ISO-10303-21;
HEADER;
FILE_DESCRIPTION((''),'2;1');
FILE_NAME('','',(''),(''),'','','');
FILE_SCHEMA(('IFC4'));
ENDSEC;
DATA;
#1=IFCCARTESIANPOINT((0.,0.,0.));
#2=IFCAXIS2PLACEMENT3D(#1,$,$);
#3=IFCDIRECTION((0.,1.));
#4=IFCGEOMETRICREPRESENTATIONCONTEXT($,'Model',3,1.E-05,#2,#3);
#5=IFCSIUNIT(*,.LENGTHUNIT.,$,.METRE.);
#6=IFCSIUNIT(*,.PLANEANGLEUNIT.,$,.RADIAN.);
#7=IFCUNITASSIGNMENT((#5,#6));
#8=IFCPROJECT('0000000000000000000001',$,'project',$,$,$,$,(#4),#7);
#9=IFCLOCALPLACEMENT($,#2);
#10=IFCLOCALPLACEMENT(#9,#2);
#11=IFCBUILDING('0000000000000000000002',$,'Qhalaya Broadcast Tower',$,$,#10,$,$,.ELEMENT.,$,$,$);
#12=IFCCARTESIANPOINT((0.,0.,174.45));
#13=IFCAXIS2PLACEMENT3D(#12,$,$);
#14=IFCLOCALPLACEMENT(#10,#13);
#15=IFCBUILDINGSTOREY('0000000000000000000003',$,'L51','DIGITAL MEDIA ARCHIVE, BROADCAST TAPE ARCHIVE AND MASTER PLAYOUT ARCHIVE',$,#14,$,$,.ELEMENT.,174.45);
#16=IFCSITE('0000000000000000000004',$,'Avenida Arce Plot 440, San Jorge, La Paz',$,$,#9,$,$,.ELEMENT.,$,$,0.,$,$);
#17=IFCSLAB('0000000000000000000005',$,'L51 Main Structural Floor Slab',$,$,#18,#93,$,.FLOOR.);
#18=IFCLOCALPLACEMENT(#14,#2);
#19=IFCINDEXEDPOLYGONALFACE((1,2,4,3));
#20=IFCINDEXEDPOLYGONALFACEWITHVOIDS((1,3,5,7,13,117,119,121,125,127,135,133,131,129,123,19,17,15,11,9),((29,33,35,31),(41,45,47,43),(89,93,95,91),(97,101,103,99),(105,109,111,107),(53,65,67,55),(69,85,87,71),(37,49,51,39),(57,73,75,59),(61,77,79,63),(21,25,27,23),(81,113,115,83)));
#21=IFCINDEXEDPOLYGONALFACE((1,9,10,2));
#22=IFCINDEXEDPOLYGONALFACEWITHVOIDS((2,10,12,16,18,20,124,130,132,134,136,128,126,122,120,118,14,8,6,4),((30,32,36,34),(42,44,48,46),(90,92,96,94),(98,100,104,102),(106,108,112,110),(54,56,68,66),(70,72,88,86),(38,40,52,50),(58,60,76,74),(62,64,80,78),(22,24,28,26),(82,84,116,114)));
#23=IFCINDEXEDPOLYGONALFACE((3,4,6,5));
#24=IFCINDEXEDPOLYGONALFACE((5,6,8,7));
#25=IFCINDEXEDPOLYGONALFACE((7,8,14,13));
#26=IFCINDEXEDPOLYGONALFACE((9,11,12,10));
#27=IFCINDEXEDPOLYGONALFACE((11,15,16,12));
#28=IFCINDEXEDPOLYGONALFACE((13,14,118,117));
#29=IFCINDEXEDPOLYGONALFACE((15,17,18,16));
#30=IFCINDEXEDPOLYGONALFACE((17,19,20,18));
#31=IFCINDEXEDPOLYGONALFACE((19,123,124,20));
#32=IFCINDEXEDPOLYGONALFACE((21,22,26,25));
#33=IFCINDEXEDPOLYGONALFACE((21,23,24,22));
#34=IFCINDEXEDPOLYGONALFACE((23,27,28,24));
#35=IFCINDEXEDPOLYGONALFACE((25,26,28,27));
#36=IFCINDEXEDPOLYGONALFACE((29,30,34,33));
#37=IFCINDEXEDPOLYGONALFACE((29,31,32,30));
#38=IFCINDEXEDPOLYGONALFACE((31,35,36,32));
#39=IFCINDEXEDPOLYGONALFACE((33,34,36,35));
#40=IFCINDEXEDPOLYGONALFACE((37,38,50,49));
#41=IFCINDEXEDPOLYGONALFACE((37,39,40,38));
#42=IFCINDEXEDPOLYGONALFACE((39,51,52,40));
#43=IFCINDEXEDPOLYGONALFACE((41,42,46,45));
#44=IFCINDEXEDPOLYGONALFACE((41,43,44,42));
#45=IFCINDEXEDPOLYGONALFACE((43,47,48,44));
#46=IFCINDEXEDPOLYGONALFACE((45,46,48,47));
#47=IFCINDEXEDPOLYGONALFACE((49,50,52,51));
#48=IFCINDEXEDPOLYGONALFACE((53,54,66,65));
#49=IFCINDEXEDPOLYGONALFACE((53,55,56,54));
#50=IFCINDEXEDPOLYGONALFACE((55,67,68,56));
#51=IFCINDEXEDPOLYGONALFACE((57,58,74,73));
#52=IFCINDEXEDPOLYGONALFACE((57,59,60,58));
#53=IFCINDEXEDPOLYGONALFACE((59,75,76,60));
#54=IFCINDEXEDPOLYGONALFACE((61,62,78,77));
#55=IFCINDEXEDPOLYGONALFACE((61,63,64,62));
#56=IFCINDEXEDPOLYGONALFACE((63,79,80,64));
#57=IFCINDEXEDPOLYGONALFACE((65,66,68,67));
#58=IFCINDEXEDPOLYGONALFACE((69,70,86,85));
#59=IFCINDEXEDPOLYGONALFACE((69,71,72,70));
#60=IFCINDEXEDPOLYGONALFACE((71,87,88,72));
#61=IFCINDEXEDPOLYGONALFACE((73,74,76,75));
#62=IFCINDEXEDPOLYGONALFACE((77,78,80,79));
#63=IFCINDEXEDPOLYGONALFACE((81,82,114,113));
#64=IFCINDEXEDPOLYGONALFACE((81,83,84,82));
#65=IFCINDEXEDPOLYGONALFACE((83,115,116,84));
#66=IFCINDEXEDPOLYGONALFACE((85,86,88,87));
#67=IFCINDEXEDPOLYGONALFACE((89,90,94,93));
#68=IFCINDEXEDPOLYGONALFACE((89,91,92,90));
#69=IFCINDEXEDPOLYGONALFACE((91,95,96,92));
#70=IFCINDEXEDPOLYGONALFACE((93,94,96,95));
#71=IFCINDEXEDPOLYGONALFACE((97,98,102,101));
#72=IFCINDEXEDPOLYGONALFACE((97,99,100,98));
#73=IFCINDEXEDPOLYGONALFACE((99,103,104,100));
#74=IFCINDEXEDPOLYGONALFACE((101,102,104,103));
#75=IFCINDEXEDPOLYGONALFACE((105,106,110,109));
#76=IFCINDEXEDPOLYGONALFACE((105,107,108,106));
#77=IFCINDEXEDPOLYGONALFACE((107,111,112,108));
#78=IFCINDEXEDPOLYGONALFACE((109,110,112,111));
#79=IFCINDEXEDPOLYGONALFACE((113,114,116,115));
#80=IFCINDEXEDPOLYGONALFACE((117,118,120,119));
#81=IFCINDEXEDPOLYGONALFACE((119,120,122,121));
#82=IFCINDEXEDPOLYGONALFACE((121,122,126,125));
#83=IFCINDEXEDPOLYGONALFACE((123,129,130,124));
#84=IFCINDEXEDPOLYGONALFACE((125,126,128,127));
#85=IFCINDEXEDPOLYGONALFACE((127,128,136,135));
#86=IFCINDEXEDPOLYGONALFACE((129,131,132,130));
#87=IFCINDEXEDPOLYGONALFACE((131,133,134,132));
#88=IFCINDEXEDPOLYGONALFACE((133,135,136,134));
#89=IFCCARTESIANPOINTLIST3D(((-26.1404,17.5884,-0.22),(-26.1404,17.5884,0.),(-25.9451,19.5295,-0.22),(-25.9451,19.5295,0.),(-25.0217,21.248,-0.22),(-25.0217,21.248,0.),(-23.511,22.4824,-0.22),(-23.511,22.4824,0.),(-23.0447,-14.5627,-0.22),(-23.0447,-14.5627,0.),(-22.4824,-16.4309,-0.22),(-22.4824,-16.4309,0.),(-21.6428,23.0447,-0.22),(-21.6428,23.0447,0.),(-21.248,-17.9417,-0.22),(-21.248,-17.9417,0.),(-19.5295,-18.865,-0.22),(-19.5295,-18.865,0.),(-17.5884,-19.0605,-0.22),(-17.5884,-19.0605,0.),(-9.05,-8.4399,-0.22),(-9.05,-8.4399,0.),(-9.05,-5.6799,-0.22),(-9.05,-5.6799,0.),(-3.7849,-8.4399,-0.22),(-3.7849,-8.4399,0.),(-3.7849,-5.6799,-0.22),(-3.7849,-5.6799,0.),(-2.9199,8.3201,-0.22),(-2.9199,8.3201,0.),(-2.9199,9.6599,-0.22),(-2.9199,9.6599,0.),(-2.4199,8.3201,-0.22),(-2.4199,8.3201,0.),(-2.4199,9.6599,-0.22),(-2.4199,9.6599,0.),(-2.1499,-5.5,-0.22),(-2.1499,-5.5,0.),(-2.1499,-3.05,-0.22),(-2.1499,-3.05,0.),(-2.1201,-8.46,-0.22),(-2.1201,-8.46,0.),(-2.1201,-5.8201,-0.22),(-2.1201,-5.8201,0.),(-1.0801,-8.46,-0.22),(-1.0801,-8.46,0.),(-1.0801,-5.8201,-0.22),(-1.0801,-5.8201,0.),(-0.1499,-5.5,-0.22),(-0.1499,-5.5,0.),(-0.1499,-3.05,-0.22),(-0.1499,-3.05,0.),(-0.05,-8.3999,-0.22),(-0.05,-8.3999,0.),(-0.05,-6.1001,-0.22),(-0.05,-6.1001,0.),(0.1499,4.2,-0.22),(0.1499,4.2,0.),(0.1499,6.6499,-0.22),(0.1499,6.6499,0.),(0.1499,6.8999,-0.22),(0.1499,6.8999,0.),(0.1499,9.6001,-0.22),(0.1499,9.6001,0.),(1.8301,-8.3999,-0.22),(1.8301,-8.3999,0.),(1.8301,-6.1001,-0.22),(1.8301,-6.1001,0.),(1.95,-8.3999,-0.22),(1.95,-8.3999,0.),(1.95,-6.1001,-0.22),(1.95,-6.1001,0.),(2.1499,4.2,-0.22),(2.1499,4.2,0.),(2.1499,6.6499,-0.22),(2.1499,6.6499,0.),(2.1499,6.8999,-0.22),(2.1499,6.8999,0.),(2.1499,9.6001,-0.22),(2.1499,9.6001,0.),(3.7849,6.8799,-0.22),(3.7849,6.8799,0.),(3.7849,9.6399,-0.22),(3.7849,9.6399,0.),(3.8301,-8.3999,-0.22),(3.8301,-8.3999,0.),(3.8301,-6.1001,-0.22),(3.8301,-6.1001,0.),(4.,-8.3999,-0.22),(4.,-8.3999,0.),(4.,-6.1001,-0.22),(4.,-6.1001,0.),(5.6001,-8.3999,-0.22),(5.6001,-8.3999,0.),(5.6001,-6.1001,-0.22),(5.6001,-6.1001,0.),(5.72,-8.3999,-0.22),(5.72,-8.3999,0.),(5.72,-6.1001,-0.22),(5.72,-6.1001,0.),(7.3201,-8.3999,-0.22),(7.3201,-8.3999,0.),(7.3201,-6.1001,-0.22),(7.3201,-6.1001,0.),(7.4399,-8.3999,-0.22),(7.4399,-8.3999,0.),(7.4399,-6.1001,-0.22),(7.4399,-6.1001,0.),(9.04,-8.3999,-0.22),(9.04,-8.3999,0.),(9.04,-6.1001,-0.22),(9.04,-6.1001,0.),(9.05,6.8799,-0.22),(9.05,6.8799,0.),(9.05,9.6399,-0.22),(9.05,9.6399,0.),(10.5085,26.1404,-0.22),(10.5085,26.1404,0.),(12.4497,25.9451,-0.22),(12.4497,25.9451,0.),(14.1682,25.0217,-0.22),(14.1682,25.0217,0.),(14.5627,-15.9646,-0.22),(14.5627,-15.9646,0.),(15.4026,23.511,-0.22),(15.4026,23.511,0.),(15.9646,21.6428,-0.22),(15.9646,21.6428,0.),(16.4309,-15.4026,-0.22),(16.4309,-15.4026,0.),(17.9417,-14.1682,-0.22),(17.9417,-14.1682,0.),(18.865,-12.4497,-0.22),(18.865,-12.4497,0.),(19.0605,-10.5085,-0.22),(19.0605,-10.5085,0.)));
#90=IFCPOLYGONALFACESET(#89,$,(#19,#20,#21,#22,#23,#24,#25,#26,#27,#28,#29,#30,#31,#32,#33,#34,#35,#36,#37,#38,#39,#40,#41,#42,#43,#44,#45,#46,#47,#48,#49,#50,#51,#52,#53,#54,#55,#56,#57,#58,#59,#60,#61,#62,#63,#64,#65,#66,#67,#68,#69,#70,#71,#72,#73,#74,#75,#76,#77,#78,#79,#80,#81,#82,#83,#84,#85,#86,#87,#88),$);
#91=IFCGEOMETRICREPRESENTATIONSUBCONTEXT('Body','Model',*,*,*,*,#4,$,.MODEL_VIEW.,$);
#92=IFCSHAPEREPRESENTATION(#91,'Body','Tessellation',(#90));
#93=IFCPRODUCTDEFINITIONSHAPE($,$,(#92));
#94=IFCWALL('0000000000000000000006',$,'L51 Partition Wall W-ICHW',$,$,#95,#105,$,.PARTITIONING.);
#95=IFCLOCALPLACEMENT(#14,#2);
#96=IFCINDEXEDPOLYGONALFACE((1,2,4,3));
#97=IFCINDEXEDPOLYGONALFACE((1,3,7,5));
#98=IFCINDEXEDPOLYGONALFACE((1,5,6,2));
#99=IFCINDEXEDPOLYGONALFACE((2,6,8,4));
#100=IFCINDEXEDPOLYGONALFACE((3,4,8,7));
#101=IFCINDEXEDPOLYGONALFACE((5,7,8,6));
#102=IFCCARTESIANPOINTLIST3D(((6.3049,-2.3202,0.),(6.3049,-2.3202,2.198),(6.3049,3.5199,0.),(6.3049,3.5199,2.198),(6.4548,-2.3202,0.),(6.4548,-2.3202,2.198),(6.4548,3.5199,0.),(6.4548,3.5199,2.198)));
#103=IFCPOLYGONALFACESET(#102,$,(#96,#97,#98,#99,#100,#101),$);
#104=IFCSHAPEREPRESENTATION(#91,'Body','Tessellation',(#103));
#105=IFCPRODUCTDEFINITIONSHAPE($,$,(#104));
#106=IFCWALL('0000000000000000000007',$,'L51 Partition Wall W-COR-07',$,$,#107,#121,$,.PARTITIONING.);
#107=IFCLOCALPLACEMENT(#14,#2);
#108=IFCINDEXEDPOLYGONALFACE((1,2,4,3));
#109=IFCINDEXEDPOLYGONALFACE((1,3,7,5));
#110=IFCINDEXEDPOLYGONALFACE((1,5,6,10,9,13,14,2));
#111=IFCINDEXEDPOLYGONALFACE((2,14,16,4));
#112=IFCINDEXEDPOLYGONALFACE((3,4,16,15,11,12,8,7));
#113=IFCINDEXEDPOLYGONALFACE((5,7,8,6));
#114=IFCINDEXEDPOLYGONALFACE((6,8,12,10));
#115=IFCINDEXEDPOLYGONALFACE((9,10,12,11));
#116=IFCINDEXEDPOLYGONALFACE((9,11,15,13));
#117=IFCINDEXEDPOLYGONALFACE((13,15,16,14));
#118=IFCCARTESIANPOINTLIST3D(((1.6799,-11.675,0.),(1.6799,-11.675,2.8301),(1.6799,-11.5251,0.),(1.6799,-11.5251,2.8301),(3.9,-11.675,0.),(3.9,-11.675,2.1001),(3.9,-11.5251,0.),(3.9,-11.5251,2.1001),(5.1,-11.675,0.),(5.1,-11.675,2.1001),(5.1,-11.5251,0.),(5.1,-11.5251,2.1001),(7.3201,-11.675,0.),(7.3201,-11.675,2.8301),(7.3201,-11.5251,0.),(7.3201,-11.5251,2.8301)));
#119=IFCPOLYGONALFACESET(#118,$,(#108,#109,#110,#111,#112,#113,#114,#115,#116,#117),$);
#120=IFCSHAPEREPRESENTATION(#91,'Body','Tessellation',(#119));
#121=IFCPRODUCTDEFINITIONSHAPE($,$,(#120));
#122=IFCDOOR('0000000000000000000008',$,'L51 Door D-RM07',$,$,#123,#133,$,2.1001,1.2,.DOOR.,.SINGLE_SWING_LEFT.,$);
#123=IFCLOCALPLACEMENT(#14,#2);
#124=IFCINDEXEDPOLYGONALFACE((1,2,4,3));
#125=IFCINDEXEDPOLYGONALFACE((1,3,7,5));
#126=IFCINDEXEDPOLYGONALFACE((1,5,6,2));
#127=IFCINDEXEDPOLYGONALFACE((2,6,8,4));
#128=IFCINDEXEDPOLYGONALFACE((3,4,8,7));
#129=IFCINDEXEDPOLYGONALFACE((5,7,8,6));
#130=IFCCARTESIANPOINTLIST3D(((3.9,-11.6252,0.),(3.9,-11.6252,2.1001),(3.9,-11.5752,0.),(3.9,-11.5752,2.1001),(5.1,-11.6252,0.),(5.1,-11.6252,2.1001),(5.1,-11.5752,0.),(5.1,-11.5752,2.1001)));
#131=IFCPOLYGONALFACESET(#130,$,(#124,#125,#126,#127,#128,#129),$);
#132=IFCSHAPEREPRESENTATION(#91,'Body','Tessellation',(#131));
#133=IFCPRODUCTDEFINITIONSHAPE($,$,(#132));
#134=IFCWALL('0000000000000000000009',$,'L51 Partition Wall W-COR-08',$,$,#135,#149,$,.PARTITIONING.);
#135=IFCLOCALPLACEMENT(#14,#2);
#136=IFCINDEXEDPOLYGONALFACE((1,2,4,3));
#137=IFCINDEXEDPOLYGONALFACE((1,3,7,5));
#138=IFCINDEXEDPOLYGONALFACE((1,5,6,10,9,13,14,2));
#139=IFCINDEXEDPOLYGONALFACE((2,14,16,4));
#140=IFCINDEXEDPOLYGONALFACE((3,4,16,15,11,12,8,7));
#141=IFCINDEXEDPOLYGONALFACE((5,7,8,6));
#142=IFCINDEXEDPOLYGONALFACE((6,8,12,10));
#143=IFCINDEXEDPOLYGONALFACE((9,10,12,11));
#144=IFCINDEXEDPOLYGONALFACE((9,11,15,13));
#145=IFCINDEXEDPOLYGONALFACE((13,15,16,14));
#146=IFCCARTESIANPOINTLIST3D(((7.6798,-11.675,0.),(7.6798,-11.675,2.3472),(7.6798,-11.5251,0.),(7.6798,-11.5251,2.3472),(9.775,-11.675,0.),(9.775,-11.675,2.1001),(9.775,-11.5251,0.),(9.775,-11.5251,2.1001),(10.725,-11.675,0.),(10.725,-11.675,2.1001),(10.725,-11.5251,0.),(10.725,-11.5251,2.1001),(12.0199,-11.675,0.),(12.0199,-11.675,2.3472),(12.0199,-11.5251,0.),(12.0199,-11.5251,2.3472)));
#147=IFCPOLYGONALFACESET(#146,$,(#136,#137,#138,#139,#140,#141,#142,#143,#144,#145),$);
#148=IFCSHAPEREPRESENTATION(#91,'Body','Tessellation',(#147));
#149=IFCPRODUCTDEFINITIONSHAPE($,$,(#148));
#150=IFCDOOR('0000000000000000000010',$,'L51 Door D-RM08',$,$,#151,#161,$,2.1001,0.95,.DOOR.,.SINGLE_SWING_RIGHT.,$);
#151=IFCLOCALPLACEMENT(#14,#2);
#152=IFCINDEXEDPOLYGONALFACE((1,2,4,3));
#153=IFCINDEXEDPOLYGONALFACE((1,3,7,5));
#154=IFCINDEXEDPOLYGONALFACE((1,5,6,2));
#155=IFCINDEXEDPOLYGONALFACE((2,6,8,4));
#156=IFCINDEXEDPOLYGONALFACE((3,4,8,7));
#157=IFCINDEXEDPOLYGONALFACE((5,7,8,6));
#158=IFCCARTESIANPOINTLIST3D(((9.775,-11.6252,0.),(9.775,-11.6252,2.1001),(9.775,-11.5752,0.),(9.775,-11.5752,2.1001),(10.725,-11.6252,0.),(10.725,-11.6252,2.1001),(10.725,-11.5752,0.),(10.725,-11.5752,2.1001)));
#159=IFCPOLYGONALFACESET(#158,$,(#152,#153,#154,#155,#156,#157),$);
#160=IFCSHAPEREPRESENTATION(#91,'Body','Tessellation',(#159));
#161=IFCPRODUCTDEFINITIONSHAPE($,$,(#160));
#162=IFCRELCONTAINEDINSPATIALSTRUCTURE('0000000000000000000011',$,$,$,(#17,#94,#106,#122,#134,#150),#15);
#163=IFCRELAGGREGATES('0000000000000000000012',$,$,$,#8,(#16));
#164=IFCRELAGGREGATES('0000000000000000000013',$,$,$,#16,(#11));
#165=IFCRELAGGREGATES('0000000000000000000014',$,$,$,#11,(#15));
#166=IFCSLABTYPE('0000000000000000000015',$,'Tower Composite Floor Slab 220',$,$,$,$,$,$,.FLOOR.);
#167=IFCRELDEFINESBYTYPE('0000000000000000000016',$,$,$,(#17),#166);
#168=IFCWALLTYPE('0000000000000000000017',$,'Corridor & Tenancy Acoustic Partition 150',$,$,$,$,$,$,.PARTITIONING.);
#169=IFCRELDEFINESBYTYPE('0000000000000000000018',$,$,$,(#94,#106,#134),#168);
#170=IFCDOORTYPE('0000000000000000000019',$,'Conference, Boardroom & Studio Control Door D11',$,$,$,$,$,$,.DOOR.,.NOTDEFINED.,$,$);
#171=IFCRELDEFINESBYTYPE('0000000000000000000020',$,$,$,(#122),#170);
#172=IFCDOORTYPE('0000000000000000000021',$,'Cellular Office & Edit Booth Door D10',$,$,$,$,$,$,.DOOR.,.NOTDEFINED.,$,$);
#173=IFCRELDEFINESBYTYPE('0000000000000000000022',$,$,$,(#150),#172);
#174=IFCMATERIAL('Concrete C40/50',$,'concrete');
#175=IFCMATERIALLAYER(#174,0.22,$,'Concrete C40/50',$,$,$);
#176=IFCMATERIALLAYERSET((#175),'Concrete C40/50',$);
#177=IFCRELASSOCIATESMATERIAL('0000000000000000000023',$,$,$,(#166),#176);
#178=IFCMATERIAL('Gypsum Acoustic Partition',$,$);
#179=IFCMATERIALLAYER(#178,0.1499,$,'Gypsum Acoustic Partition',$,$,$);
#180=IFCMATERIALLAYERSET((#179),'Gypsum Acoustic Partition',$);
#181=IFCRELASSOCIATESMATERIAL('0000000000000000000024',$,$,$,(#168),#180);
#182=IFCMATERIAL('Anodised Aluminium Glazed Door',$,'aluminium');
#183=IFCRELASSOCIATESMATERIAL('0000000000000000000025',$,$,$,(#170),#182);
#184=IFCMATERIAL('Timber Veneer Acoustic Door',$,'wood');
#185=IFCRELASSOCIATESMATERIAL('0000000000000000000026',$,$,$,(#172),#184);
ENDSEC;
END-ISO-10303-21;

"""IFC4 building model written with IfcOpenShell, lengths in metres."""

from ifc_helpers import new_model, si_unit, direction, frame, frame_2d, origin, place, context, subcontext, project, spatial, polyline, rectangle, outline, extrude, material, layer, layer_set, type_object, element, fill, save


model = new_model("IFC4")

# Units and contexts
model_context = context("Model", 3, precision=1e-05, world=origin(), true_north=direction((0.0, 1.0)))
body_context = subcontext(model_context, "Body", "Model", "MODEL_VIEW")
ifc_project = project(units=[si_unit("LENGTHUNIT", "METRE"), si_unit("PLANEANGLEUNIT", "RADIAN")], contexts=[model_context])

# Site, building, storey
site_placement = place(None, origin())
site = spatial("IfcSite", under=ifc_project, at=site_placement, Name="Avenida Arce Plot 440, San Jorge, La Paz", CompositionType="ELEMENT", RefElevation=0.0)
building_placement = place(site_placement, origin())
building = spatial("IfcBuilding", under=site, at=building_placement, Name="Qhalaya Broadcast Tower", CompositionType="ELEMENT")
storey_placement = place(building_placement, frame((0.0, 0.0, 174.45)))
storey = spatial("IfcBuildingStorey", under=building, at=storey_placement, Name="L51", Description="DIGITAL MEDIA ARCHIVE, BROADCAST TAPE ARCHIVE AND MASTER PLAYOUT ARCHIVE", CompositionType="ELEMENT", Elevation=174.45)

# Shared definitions
ifc_material_1 = material(Name="Concrete C40/50", Category="concrete")

# Slab
ifc_layer_1 = layer(ifc_material_1, 0.22, Name="Concrete C40/50")
ifc_layer_set_1 = layer_set([ifc_layer_1], Name="Concrete C40/50")
slab_type_1 = type_object("IfcSlabType", Name="Tower Composite Floor Slab 220", PredefinedType="FLOOR", material=ifc_layer_set_1)
slab_1_placement = place(storey_placement, frame((0.0, 0.0, -0.22)))
element("IfcSlab", 1, at=slab_1_placement, inside=storey, type_object=slab_type_1, Name="L51 Main Structural Floor Slab", PredefinedType="FLOOR", context=body_context, shape_type="SweptSolid", body=[
    extrude(outline(polyline([(14.5627, -15.9646), (16.4309, -15.4026), (17.9417, -14.1682), (18.865, -12.4497), (19.0605, -10.5085), (15.9646, 21.6428), (15.4026, 23.511), (14.1682, 25.0217), (12.4497, 25.9451), (10.5085, 26.1404), (-21.6428, 23.0447), (-23.511, 22.4824), (-25.0217, 21.248), (-25.9451, 19.5295), (-26.1404, 17.5884), (-23.0447, -14.5627), (-22.4824, -16.4309), (-21.248, -17.9417), (-19.5295, -18.865), (-17.5884, -19.0605), (14.5627, -15.9646)]), holes=[polyline([(3.7849, 9.6399), (9.05, 9.6399), (9.05, 6.8799), (3.7849, 6.8799), (3.7849, 9.6399)]), polyline([(-3.7849, -8.4399), (-9.05, -8.4399), (-9.05, -5.6799), (-3.7849, -5.6799), (-3.7849, -8.4399)]), polyline([(0.1499, 6.6499), (2.1499, 6.6499), (2.1499, 4.2), (0.1499, 4.2), (0.1499, 6.6499)]), polyline([(0.1499, 9.6001), (2.1499, 9.6001), (2.1499, 6.8999), (0.1499, 6.8999), (0.1499, 9.6001)]), polyline([(-2.1499, -3.05), (-0.1499, -3.05), (-0.1499, -5.5), (-2.1499, -5.5), (-2.1499, -3.05)]), polyline([(-0.05, -6.1001), (1.8301, -6.1001), (1.8301, -8.3999), (-0.05, -8.3999), (-0.05, -6.1001)]), polyline([(1.95, -6.1001), (3.8301, -6.1001), (3.8301, -8.3999), (1.95, -8.3999), (1.95, -6.1001)]), polyline([(4.0, -6.1001), (5.6001, -6.1001), (5.6001, -8.3999), (4.0, -8.3999), (4.0, -6.1001)]), polyline([(5.72, -6.1001), (7.3201, -6.1001), (7.3201, -8.3999), (5.72, -8.3999), (5.72, -6.1001)]), polyline([(7.4399, -6.1001), (9.04, -6.1001), (9.04, -8.3999), (7.4399, -8.3999), (7.4399, -6.1001)]), polyline([(-2.9199, 9.6599), (-2.4199, 9.6599), (-2.4199, 8.3201), (-2.9199, 8.3201), (-2.9199, 9.6599)]), polyline([(-2.1201, -5.8201), (-1.0801, -5.8201), (-1.0801, -8.46), (-2.1201, -8.46), (-2.1201, -5.8201)])]), origin(), (0.0, 0.0, 1.0), 0.22),
])

# Wall
ifc_material_2 = material(Name="Gypsum Acoustic Partition")
ifc_layer_2 = layer(ifc_material_2, 0.1499, Name="Gypsum Acoustic Partition")
ifc_layer_set_2 = layer_set([ifc_layer_2], Name="Gypsum Acoustic Partition")
wall_type_1 = type_object("IfcWallType", Name="Corridor & Tenancy Acoustic Partition 150", PredefinedType="PARTITIONING", material=ifc_layer_set_2)
wall_1_placement = place(storey_placement, frame((6.3799, -2.3201, 0.0), z_axis=(0.0, 0.0, 1.0), x_axis=(0.0, 1.0, 0.0)))
element("IfcWall", 2, at=wall_1_placement, inside=storey, type_object=wall_type_1, Name="L51 Partition Wall W-ICHW", PredefinedType="PARTITIONING", context=body_context, shape_type="SweptSolid", body=[
    extrude(rectangle(XDim=5.8401, YDim=0.1499, at=frame_2d((2.9199, 0.0))), origin(), (0.0, 0.0, 1.0), 2.198),
])

# Walls, openings, doors
wall_2_placement = place(storey_placement, frame((1.6799, -11.6001, 0.0), z_axis=(0.0, 0.0, 1.0), x_axis=(1.0, 0.0, 0.0)))
wall_2 = element("IfcWall", 3, at=wall_2_placement, inside=storey, type_object=wall_type_1, Name="L51 Partition Wall W-COR-07", PredefinedType="PARTITIONING", context=body_context, shape_type="SweptSolid", body=[
    extrude(rectangle(XDim=5.6401, YDim=0.1499, at=frame_2d((2.8201, 0.0))), origin(), (0.0, 0.0, 1.0), 2.8301),
])
opening_1_placement = place(wall_2_placement, frame((2.22, 0.0, 0.0)))
opening_1 = element("IfcOpeningElement", 4, at=opening_1_placement, cuts=wall_2, PredefinedType="OPENING", context=body_context, shape_type="SweptSolid", body=[
    extrude(rectangle(XDim=1.2, YDim=2.1001, at=frame_2d((0.6001, 1.05))), frame((0.0, 0.0869, 0.0), z_axis=(0.0, -1.0, 0.0), x_axis=(1.0, 0.0, 0.0)), (0.0, 0.0, 1.0), 0.1738),
])
ifc_material_3 = material(Name="Anodised Aluminium Glazed Door", Category="aluminium")
door_type_1 = type_object("IfcDoorType", Name="Conference, Boardroom & Studio Control Door D11", OperationType="NOTDEFINED", PredefinedType="DOOR", material=ifc_material_3)
door_1_placement = place(opening_1_placement, origin())
door_1 = element("IfcDoor", 5, at=door_1_placement, inside=storey, type_object=door_type_1, Name="L51 Door D-RM07", OperationType="SINGLE_SWING_LEFT", OverallHeight=2.1001, OverallWidth=1.2, PredefinedType="DOOR", context=body_context, shape_type="SweptSolid", body=[
    extrude(rectangle(XDim=1.2, YDim=2.1001, at=frame_2d((0.6001, 1.05))), frame((0.0, 0.0249, 0.0), z_axis=(0.0, -1.0, 0.0), x_axis=(1.0, 0.0, 0.0)), (0.0, 0.0, 1.0), 0.05),
])
fill(opening_1, door_1)
wall_3_placement = place(storey_placement, frame((7.6799, -11.6001, 0.0), z_axis=(0.0, 0.0, 1.0), x_axis=(1.0, 0.0, 0.0)))
wall_3 = element("IfcWall", 6, at=wall_3_placement, inside=storey, type_object=wall_type_1, Name="L51 Partition Wall W-COR-08", PredefinedType="PARTITIONING", context=body_context, shape_type="SweptSolid", body=[
    extrude(rectangle(XDim=4.3401, YDim=0.1499, at=frame_2d((2.1699, 0.0))), origin(), (0.0, 0.0, 1.0), 2.3472),
])
opening_2_placement = place(wall_3_placement, frame((2.095, 0.0, 0.0)))
opening_2 = element("IfcOpeningElement", 7, at=opening_2_placement, cuts=wall_3, PredefinedType="OPENING", context=body_context, shape_type="SweptSolid", body=[
    extrude(rectangle(XDim=0.95, YDim=2.1001, at=frame_2d((0.4751, 1.05))), frame((0.0, 0.0869, 0.0), z_axis=(0.0, -1.0, 0.0), x_axis=(1.0, 0.0, 0.0)), (0.0, 0.0, 1.0), 0.1738),
])
ifc_material_4 = material(Name="Timber Veneer Acoustic Door", Category="wood")
door_type_2 = type_object("IfcDoorType", Name="Cellular Office & Edit Booth Door D10", OperationType="NOTDEFINED", PredefinedType="DOOR", material=ifc_material_4)
door_2_placement = place(opening_2_placement, origin())
door_2 = element("IfcDoor", 8, at=door_2_placement, inside=storey, type_object=door_type_2, Name="L51 Door D-RM08", OperationType="SINGLE_SWING_RIGHT", OverallHeight=2.1001, OverallWidth=0.95, PredefinedType="DOOR", context=body_context, shape_type="SweptSolid", body=[
    extrude(rectangle(XDim=0.95, YDim=2.1001, at=frame_2d((0.4751, 1.05))), frame((0.0, 0.0249, 0.0), z_axis=(0.0, -1.0, 0.0), x_axis=(1.0, 0.0, 0.0)), (0.0, 0.0, 1.0), 0.05),
])
fill(opening_2, door_2)

save(model, "model.ifc")
